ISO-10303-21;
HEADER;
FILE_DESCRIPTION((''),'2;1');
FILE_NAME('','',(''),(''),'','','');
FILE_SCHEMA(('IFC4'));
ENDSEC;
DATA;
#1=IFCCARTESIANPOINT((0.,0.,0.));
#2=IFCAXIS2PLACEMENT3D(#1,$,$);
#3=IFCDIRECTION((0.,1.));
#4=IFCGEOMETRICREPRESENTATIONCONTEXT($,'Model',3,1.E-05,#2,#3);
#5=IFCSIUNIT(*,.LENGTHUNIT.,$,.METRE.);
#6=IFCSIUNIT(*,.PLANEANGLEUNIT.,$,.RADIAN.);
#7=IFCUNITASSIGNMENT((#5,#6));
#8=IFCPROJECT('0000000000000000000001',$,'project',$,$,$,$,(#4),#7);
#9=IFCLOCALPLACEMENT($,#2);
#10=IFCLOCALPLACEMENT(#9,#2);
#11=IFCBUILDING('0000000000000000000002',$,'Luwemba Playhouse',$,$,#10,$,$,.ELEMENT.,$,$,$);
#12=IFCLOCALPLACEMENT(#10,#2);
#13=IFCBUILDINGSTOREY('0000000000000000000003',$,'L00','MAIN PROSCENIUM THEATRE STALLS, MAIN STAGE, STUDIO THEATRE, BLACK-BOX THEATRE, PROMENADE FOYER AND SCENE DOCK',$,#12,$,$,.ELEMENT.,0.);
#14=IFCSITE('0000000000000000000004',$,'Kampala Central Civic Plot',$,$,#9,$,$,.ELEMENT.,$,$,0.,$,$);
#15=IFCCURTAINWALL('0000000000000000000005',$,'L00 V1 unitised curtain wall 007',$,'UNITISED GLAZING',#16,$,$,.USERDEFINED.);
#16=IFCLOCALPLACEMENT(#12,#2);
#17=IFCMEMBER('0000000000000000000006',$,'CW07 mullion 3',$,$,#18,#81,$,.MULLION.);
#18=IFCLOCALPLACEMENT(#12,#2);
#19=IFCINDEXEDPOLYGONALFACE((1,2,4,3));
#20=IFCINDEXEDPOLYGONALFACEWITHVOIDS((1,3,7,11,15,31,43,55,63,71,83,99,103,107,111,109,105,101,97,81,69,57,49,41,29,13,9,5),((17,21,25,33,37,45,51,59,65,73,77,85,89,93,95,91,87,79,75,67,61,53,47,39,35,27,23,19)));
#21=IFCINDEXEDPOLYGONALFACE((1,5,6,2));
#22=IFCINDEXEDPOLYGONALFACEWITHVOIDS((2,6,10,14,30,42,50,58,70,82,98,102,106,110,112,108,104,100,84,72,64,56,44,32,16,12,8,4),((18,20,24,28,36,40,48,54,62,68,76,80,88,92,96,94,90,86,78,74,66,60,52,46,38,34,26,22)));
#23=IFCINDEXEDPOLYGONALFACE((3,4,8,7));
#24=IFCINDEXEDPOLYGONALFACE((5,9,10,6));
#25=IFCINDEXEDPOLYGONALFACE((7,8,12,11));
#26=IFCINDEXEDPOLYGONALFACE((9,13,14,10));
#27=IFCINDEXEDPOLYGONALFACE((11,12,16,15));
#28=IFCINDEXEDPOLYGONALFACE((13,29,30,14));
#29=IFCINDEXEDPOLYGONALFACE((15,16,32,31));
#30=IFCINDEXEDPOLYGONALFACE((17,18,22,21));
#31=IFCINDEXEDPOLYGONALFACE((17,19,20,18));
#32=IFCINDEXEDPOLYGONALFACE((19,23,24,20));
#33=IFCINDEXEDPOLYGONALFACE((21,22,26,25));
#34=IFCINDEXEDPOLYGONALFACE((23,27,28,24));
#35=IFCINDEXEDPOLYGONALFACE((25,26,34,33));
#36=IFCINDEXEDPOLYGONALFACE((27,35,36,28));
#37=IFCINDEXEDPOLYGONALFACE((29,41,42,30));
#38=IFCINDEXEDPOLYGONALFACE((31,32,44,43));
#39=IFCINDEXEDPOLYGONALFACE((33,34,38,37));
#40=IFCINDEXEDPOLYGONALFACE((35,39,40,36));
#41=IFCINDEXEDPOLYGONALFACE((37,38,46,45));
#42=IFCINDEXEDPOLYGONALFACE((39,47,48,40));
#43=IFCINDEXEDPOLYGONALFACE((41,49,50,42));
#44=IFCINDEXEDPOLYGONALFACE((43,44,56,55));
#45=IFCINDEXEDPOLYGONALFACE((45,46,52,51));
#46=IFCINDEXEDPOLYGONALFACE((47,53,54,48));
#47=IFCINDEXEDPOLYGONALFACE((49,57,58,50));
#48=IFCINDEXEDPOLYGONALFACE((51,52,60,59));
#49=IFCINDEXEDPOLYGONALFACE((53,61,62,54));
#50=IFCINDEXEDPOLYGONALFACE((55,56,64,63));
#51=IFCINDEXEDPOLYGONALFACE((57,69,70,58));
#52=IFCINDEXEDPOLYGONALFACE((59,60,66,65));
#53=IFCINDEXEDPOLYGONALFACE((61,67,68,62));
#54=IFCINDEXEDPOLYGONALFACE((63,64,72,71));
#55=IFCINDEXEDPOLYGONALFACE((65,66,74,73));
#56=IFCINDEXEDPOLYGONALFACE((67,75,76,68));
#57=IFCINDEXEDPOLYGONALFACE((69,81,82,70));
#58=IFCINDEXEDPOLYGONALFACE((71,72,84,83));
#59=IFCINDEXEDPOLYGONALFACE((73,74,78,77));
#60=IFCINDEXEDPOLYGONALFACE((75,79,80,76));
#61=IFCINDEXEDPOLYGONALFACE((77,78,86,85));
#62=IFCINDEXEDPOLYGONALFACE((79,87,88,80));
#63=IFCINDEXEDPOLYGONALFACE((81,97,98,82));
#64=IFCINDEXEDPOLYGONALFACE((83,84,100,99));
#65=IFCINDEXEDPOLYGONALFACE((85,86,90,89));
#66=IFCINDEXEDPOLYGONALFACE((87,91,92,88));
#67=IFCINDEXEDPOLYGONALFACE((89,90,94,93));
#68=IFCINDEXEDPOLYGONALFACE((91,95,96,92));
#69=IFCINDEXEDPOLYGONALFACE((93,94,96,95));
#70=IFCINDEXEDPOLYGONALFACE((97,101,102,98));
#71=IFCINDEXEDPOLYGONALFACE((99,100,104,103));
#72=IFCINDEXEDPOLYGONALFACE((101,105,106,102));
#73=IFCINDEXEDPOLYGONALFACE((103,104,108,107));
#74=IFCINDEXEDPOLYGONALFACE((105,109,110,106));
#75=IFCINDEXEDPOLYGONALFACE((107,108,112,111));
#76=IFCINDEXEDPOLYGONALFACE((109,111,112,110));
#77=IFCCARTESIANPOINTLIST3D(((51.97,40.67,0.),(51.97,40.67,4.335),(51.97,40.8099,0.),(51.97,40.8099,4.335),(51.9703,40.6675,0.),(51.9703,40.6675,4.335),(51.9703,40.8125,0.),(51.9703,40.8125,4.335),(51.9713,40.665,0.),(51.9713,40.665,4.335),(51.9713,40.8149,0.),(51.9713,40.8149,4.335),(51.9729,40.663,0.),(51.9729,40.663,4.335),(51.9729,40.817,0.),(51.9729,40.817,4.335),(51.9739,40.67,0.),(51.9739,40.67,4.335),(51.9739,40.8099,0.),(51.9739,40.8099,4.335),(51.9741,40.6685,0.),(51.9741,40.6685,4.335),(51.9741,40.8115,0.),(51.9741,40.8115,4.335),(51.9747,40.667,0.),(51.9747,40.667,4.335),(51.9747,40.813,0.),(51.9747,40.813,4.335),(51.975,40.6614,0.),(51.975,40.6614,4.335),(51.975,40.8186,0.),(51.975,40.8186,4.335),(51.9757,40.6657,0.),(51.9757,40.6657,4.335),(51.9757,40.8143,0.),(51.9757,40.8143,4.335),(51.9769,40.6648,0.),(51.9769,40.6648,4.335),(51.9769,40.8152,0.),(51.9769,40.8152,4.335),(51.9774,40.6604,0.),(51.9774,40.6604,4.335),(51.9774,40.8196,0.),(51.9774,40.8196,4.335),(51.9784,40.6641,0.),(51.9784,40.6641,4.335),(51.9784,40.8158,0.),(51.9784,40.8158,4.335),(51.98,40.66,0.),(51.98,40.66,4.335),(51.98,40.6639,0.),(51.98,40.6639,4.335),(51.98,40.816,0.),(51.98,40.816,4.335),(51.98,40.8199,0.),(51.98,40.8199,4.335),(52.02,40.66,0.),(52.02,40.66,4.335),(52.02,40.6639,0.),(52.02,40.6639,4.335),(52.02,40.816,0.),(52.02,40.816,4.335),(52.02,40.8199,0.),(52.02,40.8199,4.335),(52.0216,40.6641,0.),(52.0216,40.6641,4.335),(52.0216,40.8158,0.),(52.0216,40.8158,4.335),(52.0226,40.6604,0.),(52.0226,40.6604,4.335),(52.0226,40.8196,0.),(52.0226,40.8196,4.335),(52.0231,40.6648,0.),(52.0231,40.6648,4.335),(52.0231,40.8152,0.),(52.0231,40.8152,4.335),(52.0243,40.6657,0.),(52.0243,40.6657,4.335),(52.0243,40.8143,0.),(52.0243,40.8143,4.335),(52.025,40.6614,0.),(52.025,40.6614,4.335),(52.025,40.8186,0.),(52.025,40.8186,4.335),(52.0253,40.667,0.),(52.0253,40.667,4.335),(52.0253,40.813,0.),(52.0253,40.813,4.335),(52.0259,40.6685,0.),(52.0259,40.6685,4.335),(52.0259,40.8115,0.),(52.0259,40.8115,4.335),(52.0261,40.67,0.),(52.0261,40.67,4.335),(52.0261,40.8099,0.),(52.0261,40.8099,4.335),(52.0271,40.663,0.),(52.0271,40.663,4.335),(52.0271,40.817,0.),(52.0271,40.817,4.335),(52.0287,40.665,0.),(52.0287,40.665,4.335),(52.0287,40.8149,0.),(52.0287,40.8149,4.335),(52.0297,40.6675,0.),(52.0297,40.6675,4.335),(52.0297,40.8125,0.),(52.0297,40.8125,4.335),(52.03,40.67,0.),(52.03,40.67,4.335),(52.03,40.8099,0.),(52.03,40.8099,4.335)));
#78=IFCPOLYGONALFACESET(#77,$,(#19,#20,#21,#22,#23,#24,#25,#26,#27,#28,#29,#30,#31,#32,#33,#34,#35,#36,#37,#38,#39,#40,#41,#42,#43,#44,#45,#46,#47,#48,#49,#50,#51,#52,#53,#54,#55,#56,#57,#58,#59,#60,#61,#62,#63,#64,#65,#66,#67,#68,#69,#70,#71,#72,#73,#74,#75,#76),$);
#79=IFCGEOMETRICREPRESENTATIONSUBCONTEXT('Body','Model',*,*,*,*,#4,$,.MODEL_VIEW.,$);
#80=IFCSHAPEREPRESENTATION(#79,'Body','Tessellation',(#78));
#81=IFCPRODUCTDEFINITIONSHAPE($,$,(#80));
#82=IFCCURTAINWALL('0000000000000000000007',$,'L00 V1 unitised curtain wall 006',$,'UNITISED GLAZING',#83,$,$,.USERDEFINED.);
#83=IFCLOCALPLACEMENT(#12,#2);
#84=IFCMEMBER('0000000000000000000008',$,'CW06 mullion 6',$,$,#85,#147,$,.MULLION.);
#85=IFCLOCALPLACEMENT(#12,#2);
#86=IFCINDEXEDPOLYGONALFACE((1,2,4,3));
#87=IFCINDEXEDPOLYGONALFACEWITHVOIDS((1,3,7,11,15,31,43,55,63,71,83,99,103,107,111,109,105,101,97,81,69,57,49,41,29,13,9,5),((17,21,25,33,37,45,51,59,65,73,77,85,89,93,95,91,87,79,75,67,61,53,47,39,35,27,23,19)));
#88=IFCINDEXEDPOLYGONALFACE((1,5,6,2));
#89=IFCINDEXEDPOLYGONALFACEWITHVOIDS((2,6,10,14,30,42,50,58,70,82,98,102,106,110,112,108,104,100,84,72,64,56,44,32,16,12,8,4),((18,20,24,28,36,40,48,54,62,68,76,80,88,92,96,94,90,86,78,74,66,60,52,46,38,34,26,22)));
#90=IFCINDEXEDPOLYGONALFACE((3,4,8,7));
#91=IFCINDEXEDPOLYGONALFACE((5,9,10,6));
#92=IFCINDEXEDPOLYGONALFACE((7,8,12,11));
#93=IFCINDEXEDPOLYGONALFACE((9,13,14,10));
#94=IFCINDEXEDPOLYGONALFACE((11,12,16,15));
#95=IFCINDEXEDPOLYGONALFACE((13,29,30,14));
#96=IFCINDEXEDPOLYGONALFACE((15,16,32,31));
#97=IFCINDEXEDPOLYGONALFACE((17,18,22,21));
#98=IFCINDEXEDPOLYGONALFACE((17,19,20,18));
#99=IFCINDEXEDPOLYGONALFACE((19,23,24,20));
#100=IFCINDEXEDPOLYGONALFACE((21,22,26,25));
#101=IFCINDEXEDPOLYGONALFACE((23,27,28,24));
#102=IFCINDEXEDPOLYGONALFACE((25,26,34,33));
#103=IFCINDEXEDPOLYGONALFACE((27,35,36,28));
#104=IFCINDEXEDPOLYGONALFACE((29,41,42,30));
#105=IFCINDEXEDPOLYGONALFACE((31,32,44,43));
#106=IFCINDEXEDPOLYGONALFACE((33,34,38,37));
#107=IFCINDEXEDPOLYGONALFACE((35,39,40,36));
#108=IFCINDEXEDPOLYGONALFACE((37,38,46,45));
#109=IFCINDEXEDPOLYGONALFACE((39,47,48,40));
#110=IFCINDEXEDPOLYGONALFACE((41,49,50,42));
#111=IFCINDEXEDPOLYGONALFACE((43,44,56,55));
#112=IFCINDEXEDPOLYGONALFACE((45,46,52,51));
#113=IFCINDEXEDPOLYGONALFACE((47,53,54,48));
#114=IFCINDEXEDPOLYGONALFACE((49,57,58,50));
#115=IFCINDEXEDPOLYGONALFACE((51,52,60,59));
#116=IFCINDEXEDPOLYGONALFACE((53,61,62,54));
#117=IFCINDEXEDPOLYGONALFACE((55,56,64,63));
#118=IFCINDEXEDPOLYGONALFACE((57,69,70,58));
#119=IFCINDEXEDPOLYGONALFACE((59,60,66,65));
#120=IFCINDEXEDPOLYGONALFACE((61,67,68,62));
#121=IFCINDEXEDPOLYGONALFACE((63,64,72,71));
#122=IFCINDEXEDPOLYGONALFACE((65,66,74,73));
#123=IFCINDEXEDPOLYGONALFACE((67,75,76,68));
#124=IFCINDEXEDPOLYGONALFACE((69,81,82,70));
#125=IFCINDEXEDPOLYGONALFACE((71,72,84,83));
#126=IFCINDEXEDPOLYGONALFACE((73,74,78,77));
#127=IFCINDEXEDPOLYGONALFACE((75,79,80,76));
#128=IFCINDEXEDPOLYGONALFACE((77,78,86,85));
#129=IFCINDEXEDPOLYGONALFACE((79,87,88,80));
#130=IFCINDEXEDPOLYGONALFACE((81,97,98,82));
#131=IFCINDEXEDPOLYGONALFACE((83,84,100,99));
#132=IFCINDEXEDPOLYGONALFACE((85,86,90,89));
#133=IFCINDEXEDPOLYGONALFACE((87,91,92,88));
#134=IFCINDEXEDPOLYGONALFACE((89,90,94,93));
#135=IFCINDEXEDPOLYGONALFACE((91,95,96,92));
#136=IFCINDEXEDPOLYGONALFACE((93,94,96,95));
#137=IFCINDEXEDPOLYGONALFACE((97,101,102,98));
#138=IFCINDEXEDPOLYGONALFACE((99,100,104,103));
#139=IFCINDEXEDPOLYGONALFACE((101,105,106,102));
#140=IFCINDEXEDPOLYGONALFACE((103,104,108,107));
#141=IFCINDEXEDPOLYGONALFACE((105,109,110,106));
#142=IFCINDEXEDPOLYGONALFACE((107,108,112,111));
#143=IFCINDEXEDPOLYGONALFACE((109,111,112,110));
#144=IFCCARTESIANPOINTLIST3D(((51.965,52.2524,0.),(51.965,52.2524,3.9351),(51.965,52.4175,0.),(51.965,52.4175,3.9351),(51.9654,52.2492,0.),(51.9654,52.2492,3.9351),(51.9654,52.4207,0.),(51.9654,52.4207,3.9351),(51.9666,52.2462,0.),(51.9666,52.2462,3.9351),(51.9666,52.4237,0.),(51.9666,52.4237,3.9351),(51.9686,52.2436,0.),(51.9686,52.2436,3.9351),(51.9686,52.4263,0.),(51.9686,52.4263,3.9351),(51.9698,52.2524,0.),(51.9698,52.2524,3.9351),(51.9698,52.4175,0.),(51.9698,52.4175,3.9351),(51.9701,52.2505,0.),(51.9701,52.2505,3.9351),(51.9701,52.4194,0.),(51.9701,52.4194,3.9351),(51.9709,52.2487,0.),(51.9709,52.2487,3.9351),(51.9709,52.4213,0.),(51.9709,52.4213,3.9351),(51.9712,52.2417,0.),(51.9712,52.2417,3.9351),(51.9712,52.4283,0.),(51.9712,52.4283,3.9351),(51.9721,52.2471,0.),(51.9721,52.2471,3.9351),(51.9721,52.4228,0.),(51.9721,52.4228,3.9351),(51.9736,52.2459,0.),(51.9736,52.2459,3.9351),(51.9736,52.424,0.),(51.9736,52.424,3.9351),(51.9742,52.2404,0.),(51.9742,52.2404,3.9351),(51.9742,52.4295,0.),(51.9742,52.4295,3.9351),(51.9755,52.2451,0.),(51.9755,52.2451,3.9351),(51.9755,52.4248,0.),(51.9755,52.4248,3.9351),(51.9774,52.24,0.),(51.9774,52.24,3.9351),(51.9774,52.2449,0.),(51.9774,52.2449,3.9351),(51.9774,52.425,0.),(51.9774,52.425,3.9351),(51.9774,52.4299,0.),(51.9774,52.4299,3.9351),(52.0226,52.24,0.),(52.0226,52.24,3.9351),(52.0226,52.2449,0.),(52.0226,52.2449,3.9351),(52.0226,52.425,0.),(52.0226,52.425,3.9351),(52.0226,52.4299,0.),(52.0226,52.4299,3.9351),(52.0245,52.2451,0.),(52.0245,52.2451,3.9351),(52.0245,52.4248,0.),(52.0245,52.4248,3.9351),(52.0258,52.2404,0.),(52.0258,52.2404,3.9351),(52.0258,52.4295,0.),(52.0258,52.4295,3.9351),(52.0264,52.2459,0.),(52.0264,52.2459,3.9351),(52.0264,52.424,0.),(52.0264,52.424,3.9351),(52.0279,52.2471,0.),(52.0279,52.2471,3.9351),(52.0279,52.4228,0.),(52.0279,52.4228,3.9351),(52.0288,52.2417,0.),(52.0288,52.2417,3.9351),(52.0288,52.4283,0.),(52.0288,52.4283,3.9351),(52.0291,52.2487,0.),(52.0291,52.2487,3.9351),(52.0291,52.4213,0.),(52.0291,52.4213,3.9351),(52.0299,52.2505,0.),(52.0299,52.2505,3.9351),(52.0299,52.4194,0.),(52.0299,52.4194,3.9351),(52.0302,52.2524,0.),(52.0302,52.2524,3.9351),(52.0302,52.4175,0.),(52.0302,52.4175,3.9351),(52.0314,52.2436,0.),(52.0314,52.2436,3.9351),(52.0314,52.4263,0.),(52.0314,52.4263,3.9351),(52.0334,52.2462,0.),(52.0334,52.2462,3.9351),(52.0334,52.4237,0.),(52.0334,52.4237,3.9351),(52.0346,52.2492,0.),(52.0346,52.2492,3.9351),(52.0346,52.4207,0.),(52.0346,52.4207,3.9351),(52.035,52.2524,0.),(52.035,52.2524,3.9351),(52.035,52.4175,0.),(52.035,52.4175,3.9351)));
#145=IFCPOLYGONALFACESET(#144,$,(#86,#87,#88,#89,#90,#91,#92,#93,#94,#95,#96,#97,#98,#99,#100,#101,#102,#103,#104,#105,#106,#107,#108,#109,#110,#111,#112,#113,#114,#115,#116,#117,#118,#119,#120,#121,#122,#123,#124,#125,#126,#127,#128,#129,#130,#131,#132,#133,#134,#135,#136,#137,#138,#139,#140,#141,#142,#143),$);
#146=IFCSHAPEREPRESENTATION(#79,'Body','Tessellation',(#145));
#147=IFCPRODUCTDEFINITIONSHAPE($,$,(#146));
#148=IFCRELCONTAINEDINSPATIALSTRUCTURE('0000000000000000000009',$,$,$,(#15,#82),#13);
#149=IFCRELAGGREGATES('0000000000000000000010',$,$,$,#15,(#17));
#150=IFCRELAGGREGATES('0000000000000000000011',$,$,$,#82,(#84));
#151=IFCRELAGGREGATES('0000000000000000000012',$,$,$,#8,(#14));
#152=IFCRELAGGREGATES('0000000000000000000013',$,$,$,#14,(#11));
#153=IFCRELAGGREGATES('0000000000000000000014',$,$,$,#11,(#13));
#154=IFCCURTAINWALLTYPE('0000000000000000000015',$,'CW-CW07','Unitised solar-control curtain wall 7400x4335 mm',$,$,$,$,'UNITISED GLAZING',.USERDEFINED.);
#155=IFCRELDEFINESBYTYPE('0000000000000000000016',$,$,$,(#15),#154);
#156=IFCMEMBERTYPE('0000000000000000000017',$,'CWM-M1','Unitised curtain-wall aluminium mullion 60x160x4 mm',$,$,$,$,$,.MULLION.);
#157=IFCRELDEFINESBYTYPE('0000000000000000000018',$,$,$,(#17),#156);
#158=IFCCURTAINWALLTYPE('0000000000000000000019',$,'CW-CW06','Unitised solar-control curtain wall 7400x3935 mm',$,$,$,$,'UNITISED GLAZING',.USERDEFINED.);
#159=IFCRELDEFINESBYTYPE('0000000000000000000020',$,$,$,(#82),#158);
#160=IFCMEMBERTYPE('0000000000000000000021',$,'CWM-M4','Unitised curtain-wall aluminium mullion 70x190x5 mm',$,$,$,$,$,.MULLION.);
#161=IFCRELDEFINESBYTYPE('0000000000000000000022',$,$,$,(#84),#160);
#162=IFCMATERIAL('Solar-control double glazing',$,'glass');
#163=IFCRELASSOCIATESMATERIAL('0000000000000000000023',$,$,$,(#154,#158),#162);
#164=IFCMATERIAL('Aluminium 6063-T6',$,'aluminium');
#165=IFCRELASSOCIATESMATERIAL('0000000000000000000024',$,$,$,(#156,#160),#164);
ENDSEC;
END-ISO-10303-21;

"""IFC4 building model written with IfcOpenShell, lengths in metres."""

from ifc_helpers import new_model, si_unit, direction, frame, origin, origin_2d, place, context, subcontext, project, spatial, hollow_rectangle, extrude, material, material_profile, profile_set, type_object, element, aggregate, save


model = new_model("IFC4")

# Units and contexts
model_context = context("Model", 3, precision=1e-05, world=origin(), true_north=direction((0.0, 1.0)))
body_context = subcontext(model_context, "Body", "Model", "MODEL_VIEW")
ifc_project = project(units=[si_unit("LENGTHUNIT", "METRE"), si_unit("PLANEANGLEUNIT", "RADIAN")], contexts=[model_context])

# Site, building, storey
site_placement = place(None, origin())
site = spatial("IfcSite", under=ifc_project, at=site_placement, Name="Kampala Central Civic Plot", CompositionType="ELEMENT", RefElevation=0.0)
building_placement = place(site_placement, origin())
building = spatial("IfcBuilding", under=site, at=building_placement, Name="Luwemba Playhouse", CompositionType="ELEMENT")
storey_placement = place(building_placement, origin())
storey = spatial("IfcBuildingStorey", under=building, at=storey_placement, Name="L00", Description="MAIN PROSCENIUM THEATRE STALLS, MAIN STAGE, STUDIO THEATRE, BLACK-BOX THEATRE, PROMENADE FOYER AND SCENE DOCK", CompositionType="ELEMENT", Elevation=0.0)

# Curtain wall, member
ifc_material_1 = material(Name="Solar-control double glazing", Category="glass")
curtain_wall_type_1 = type_object("IfcCurtainWallType", Name="CW-CW07", Description="Unitised solar-control curtain wall 7400x4335 mm", ElementType="UNITISED GLAZING", PredefinedType="USERDEFINED", material=ifc_material_1)
curtain_wall_1_placement = place(storey_placement, origin())
curtain_wall_1 = element("IfcCurtainWall", 1, at=curtain_wall_1_placement, inside=storey, type_object=curtain_wall_type_1, Name="L00 V1 unitised curtain wall 007", ObjectType="UNITISED GLAZING", PredefinedType="USERDEFINED")
ifc_material_2 = material(Name="Aluminium 6063-T6", Category="aluminium")
ifc_material_profile_1 = material_profile(ifc_material_2, hollow_rectangle(XDim=0.0601, YDim=0.1599, WallThickness=0.0039, InnerFilletRadius=0.0061, OuterFilletRadius=0.01, at=origin_2d()))
ifc_profile_set_1 = profile_set([ifc_material_profile_1], Name="Aluminium 6063-T6")
member_type_1 = type_object("IfcMemberType", Name="CWM-M1", Description="Unitised curtain-wall aluminium mullion 60x160x4 mm", PredefinedType="MULLION", material=ifc_profile_set_1)
member_1_placement = place(storey_placement, frame((52.0, 40.74, 0.0), z_axis=(0.0, 0.0, 1.0), x_axis=(1.0, 0.0, 0.0)))
member_1 = element("IfcMember", 2, at=member_1_placement, type_object=member_type_1, Name="CW07 mullion 3", PredefinedType="MULLION", context=body_context, shape_type="SweptSolid", body=[
    extrude(hollow_rectangle(XDim=0.0601, YDim=0.1599, WallThickness=0.0039, InnerFilletRadius=0.0061, OuterFilletRadius=0.01, at=origin_2d()), origin(), (0.0, 0.0, 1.0), 4.335),
])

# Curtain wall, member
curtain_wall_type_2 = type_object("IfcCurtainWallType", Name="CW-CW06", Description="Unitised solar-control curtain wall 7400x3935 mm", ElementType="UNITISED GLAZING", PredefinedType="USERDEFINED", material=ifc_material_1)
curtain_wall_2_placement = place(storey_placement, origin())
curtain_wall_2 = element("IfcCurtainWall", 3, at=curtain_wall_2_placement, inside=storey, type_object=curtain_wall_type_2, Name="L00 V1 unitised curtain wall 006", ObjectType="UNITISED GLAZING", PredefinedType="USERDEFINED")
ifc_material_profile_2 = material_profile(ifc_material_2, hollow_rectangle(XDim=0.0701, YDim=0.1899, WallThickness=0.0049, InnerFilletRadius=0.0076, OuterFilletRadius=0.0125, at=origin_2d()))
ifc_profile_set_2 = profile_set([ifc_material_profile_2], Name="Aluminium 6063-T6")
member_type_2 = type_object("IfcMemberType", Name="CWM-M4", Description="Unitised curtain-wall aluminium mullion 70x190x5 mm", PredefinedType="MULLION", material=ifc_profile_set_2)
member_2_placement = place(storey_placement, frame((52.0, 52.335, 0.0), z_axis=(0.0, 0.0, 1.0), x_axis=(1.0, 0.0, 0.0)))
member_2 = element("IfcMember", 4, at=member_2_placement, type_object=member_type_2, Name="CW06 mullion 6", PredefinedType="MULLION", context=body_context, shape_type="SweptSolid", body=[
    extrude(hollow_rectangle(XDim=0.0701, YDim=0.1899, WallThickness=0.0049, InnerFilletRadius=0.0076, OuterFilletRadius=0.0125, at=origin_2d()), origin(), (0.0, 0.0, 1.0), 3.9351),
])

aggregate(curtain_wall_1, [member_1])
aggregate(curtain_wall_2, [member_2])

save(model, "model.ifc")
